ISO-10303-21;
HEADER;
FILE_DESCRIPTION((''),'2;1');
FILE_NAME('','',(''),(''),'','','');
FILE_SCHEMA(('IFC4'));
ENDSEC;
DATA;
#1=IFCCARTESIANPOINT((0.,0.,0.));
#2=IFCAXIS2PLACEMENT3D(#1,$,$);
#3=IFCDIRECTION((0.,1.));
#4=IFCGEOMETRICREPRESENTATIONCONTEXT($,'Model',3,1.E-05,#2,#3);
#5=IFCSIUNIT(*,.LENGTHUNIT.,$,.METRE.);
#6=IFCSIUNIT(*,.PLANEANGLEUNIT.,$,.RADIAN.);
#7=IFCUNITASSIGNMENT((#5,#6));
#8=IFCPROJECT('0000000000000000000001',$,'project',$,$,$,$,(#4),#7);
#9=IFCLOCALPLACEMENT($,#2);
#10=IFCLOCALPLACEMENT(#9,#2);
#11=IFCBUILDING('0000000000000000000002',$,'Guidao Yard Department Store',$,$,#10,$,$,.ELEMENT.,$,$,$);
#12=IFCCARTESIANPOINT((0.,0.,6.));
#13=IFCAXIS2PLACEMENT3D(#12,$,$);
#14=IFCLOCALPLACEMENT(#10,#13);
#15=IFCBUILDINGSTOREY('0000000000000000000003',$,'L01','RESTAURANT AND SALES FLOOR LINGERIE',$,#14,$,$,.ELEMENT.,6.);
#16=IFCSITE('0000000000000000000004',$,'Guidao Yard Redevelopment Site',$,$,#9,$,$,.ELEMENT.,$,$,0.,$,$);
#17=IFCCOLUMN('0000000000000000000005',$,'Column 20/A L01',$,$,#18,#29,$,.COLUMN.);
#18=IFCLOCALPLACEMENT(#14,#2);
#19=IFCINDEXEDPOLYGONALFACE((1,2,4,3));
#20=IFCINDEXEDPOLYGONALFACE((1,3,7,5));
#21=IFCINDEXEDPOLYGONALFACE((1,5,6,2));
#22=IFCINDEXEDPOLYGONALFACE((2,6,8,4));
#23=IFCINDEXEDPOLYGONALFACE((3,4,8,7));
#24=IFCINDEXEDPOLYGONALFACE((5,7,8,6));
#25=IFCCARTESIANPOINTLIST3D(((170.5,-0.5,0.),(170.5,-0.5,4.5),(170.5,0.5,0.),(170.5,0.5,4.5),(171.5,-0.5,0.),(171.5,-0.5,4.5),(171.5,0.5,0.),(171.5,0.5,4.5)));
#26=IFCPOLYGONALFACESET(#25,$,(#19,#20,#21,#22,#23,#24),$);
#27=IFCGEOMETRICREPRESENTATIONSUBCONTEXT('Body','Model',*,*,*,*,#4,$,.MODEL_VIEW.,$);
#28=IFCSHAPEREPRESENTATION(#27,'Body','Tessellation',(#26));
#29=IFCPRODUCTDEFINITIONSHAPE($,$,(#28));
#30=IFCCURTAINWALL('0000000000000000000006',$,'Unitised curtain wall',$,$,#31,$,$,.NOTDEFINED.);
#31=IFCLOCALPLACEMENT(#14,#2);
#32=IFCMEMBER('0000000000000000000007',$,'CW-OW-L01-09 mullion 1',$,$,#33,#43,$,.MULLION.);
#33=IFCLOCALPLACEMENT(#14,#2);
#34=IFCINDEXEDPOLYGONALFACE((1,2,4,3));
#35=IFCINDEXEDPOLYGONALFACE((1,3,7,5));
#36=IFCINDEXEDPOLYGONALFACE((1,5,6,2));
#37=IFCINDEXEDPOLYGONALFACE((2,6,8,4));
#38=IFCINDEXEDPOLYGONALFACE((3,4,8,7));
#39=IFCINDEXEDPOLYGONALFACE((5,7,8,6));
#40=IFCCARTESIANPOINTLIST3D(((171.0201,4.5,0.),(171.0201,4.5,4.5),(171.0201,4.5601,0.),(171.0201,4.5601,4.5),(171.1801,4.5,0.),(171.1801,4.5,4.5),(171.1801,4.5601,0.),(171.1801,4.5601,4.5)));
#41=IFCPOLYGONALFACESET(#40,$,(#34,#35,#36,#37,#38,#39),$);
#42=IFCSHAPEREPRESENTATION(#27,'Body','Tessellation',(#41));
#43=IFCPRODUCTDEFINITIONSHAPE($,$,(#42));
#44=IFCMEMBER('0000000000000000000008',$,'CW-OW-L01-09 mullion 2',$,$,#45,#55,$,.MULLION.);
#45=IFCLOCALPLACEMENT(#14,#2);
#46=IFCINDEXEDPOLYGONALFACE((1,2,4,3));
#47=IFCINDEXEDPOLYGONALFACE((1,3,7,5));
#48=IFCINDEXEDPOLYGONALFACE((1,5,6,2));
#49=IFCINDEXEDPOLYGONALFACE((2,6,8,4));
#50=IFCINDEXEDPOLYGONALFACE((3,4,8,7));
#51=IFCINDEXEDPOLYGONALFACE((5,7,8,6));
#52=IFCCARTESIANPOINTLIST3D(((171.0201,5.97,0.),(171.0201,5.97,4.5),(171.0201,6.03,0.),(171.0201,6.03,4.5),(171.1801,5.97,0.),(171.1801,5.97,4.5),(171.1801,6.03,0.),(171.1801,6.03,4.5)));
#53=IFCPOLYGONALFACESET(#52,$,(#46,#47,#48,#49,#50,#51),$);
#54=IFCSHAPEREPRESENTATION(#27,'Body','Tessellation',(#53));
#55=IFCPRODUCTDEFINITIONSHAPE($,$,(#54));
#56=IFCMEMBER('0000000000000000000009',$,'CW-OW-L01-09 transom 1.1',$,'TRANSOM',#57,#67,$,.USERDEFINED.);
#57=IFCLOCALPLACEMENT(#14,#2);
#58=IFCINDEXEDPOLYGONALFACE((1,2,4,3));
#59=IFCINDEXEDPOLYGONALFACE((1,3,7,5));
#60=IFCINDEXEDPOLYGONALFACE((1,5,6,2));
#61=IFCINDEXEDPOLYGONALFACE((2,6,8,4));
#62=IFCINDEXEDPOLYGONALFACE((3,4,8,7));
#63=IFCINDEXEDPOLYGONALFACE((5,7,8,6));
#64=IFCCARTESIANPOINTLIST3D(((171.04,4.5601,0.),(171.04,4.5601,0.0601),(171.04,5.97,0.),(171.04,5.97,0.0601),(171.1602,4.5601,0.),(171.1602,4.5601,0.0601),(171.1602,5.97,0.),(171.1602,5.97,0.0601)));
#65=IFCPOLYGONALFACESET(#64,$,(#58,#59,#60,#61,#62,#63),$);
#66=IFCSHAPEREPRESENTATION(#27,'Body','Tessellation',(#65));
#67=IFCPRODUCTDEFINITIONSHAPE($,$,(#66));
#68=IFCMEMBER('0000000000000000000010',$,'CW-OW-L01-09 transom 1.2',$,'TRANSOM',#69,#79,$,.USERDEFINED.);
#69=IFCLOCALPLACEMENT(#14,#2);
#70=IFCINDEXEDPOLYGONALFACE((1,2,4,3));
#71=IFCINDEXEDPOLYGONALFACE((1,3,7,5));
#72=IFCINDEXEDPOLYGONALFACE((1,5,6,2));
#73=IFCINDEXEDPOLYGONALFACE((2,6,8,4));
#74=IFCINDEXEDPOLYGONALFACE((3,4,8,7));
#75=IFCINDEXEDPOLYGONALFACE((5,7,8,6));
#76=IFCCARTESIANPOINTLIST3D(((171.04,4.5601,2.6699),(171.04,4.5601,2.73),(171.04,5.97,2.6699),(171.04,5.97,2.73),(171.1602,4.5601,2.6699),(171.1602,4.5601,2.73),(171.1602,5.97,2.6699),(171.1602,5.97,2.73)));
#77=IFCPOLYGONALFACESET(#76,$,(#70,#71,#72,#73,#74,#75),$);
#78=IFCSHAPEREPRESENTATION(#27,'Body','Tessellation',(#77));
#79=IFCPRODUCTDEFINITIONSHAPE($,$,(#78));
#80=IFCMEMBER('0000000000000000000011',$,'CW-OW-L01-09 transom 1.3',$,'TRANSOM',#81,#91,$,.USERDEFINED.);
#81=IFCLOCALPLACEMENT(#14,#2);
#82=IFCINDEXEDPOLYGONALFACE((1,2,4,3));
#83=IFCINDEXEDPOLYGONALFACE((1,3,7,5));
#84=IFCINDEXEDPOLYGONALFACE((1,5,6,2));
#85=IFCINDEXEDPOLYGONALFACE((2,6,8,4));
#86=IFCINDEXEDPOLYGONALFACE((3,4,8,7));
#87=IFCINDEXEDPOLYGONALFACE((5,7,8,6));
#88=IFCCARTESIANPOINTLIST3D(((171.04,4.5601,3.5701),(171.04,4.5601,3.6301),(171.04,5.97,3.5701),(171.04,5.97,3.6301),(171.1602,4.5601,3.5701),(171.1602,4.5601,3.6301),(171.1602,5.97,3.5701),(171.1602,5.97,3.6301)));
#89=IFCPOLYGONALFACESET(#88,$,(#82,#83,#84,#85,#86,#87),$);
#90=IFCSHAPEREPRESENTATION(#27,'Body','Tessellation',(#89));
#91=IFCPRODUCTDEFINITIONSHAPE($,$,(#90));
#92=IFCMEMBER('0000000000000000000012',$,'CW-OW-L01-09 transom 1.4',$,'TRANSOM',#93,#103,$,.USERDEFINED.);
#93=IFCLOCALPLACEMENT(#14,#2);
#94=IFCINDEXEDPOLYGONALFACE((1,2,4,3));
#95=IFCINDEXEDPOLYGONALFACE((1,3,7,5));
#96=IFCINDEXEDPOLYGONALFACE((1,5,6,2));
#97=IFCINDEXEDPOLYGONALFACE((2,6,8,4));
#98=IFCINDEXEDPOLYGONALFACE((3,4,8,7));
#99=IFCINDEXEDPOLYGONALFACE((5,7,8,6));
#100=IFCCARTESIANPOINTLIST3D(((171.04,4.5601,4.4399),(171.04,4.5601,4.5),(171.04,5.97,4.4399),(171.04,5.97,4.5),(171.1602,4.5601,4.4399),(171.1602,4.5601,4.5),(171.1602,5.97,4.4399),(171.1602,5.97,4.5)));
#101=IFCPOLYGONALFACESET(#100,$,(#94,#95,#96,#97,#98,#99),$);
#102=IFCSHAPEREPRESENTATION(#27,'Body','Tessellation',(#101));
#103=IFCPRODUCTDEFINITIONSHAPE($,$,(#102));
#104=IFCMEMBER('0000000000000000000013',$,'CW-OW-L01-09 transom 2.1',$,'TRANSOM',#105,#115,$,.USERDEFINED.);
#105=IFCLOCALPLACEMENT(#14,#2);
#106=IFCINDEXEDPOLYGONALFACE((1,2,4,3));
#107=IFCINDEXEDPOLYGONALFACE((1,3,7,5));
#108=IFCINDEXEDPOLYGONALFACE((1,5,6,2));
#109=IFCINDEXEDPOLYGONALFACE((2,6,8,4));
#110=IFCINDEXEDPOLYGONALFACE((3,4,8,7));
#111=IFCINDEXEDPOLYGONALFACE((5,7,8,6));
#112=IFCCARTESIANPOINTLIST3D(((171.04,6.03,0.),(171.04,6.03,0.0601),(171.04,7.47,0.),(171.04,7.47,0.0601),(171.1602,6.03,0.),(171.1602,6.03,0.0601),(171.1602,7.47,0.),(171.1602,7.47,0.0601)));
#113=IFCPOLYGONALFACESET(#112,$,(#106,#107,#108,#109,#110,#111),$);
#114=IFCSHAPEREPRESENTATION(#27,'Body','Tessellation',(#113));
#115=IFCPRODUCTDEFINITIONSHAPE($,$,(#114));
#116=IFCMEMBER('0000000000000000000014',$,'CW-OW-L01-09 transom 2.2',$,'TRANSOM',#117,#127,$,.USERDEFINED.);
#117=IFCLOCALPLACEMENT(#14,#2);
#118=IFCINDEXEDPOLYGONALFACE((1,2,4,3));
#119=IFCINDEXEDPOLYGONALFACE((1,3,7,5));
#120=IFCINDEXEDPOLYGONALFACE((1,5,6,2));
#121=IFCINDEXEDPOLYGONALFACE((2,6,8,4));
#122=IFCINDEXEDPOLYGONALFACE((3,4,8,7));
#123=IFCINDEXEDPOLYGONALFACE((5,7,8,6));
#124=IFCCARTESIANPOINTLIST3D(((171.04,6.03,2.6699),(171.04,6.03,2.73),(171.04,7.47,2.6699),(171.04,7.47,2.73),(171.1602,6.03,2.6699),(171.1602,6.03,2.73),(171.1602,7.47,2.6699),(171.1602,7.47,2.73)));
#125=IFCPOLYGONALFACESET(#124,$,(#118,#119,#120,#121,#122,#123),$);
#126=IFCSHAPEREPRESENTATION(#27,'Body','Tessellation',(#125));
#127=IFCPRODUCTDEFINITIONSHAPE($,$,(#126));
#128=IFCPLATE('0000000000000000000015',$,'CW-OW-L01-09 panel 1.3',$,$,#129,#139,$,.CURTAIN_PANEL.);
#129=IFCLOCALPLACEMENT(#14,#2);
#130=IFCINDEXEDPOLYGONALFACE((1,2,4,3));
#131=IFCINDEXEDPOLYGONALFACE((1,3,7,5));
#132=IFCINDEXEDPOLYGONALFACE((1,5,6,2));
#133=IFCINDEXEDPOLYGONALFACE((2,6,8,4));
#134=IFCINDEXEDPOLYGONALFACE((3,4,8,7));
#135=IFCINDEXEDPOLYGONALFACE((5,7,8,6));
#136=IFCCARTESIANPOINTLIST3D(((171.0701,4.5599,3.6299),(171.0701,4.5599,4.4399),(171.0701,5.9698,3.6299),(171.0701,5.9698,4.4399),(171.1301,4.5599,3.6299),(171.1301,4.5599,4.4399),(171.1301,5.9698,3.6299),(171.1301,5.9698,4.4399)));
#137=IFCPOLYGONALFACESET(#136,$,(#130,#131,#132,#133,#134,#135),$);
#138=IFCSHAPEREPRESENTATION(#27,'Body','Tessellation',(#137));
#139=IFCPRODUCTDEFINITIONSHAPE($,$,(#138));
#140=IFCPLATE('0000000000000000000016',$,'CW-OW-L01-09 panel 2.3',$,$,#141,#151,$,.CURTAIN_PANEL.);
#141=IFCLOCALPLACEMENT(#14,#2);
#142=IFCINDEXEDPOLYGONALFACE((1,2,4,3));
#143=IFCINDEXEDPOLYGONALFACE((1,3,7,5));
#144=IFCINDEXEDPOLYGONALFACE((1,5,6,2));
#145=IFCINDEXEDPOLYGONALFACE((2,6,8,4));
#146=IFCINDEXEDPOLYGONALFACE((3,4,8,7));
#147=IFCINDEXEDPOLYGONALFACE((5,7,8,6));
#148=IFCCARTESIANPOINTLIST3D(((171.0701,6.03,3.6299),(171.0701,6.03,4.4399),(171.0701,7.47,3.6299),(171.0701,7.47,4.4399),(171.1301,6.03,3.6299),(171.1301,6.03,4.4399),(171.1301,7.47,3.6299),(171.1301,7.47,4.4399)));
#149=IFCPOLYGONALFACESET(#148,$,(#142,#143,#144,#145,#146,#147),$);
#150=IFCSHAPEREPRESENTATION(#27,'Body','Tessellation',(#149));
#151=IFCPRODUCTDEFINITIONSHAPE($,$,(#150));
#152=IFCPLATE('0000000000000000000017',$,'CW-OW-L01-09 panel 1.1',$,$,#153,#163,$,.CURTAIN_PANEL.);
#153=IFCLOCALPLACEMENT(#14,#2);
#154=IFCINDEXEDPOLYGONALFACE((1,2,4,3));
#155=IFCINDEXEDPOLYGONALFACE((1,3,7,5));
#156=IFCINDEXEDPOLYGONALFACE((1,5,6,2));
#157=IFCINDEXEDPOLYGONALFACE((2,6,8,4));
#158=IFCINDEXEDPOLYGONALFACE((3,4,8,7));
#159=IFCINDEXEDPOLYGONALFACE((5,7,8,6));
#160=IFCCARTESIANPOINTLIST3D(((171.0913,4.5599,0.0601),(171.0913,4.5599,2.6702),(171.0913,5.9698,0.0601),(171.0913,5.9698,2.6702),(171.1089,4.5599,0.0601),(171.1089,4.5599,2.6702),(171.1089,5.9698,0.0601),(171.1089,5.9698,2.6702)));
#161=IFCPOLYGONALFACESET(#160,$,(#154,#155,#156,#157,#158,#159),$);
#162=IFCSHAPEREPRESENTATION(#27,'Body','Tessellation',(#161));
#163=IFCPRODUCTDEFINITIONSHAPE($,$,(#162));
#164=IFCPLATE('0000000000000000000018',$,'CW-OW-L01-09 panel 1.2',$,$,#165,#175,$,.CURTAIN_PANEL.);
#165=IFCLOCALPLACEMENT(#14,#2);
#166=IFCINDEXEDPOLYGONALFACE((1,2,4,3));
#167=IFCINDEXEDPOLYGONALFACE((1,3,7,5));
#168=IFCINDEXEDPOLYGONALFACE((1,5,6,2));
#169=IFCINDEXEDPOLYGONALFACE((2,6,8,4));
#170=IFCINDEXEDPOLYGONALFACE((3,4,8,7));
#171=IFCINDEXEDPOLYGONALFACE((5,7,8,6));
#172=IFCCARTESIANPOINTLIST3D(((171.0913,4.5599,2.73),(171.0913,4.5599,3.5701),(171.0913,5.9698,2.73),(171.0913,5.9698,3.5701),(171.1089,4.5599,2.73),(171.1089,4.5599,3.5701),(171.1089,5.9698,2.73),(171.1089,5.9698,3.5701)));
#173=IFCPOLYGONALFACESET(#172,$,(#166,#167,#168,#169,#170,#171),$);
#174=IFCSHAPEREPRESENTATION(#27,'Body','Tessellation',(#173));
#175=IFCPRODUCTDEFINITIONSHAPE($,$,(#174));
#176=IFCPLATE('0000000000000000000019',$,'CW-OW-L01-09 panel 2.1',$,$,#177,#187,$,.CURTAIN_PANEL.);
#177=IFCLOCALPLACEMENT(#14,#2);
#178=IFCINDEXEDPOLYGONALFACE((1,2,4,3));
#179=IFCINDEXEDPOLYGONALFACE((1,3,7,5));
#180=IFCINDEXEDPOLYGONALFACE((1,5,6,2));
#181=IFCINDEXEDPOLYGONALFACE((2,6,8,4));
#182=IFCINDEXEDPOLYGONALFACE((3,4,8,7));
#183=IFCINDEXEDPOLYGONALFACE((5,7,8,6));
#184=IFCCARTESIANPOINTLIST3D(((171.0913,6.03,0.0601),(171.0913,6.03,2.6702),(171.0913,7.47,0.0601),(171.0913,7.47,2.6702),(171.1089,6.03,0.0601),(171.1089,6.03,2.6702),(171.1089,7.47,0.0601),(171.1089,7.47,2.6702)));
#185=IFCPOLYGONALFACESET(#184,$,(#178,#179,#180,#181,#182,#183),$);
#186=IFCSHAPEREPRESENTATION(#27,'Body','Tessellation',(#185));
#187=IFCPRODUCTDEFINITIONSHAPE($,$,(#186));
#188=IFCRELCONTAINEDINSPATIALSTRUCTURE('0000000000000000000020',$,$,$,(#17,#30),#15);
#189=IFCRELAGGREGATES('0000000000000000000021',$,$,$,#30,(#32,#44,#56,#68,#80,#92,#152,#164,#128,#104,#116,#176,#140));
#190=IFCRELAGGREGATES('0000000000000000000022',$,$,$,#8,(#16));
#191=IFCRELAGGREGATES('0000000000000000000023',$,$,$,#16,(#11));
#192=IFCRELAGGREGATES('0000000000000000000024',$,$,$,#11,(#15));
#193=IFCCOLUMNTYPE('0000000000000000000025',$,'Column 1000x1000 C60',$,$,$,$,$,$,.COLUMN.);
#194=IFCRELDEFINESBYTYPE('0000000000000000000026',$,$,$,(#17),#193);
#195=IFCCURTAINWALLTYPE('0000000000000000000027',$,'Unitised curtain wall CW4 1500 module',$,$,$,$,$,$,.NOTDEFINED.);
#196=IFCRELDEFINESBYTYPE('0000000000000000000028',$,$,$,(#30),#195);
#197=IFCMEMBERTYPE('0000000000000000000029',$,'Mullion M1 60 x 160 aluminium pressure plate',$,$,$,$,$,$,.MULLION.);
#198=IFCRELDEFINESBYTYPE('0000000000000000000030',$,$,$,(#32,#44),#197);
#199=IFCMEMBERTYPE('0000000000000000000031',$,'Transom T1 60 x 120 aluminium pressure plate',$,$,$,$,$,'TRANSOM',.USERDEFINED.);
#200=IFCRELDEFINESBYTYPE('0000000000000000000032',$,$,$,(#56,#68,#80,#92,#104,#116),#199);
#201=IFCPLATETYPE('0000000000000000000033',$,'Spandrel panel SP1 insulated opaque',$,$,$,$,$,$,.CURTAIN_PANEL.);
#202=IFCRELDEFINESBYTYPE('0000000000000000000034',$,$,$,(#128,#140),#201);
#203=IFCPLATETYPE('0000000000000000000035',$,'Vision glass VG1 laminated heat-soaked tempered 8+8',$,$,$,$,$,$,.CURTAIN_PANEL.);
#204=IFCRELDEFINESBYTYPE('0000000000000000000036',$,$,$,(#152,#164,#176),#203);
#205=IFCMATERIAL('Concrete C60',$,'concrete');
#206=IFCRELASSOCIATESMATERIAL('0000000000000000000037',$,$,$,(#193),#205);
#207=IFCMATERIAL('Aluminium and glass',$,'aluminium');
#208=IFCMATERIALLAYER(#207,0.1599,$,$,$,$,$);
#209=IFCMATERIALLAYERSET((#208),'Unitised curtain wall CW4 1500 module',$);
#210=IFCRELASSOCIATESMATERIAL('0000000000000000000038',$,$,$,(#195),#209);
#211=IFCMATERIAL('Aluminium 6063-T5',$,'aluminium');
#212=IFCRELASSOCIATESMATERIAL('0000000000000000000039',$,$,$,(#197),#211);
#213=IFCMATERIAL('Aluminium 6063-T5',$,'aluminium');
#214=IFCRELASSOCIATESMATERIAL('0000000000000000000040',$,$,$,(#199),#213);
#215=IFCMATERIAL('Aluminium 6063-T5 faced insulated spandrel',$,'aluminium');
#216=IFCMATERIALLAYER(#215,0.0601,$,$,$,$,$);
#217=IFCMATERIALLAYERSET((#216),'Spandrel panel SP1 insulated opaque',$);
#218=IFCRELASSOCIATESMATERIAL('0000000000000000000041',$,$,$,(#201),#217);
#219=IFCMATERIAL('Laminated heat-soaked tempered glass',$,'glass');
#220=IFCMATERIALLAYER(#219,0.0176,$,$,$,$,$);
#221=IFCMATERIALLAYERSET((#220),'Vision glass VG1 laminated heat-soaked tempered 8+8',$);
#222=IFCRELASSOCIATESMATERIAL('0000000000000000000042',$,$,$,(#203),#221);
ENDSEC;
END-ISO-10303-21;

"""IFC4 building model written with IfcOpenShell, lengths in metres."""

from ifc_helpers import new_model, si_unit, direction, frame, origin, origin_2d, place, context, subcontext, project, spatial, rectangle, extrude, material, layer, layer_set, material_profile, profile_set, type_object, element, aggregate, save


model = new_model("IFC4")

# Units and contexts
model_context = context("Model", 3, precision=1e-05, world=origin(), true_north=direction((0.0, 1.0)))
body_context = subcontext(model_context, "Body", "Model", "MODEL_VIEW")
ifc_project = project(units=[si_unit("LENGTHUNIT", "METRE"), si_unit("PLANEANGLEUNIT", "RADIAN")], contexts=[model_context])

# Site, building, storey
site_placement = place(None, origin())
site = spatial("IfcSite", under=ifc_project, at=site_placement, Name="Guidao Yard Redevelopment Site", CompositionType="ELEMENT", RefElevation=0.0)
building_placement = place(site_placement, origin())
building = spatial("IfcBuilding", under=site, at=building_placement, Name="Guidao Yard Department Store", CompositionType="ELEMENT")
storey_placement = place(building_placement, frame((0.0, 0.0, 6.0)))
storey = spatial("IfcBuildingStorey", under=building, at=storey_placement, Name="L01", Description="RESTAURANT AND SALES FLOOR LINGERIE", CompositionType="ELEMENT", Elevation=6.0)

# Column
ifc_material_1 = material(Name="Concrete C60", Category="concrete")
ifc_material_profile_1 = material_profile(ifc_material_1, rectangle(XDim=1.0, YDim=1.0, at=origin_2d()), Name="COL 1000x1000")
ifc_profile_set_1 = profile_set([ifc_material_profile_1], Name="Concrete C60")
column_type = type_object("IfcColumnType", Name="Column 1000x1000 C60", PredefinedType="COLUMN", material=ifc_profile_set_1)
column_placement = place(storey_placement, frame((171.0, 0.0, 0.0), z_axis=(0.0, 0.0, 1.0), x_axis=(1.0, 0.0, 0.0)))
element("IfcColumn", 1, at=column_placement, inside=storey, type_object=column_type, Name="Column 20/A L01", PredefinedType="COLUMN", context=body_context, shape_type="SweptSolid", body=[
    extrude(rectangle(XDim=1.0, YDim=1.0, at=origin_2d()), origin(), (0.0, 0.0, 1.0), 4.5),
])

# Curtain wall, members, plates
ifc_material_2 = material(Name="Aluminium and glass", Category="aluminium")
ifc_layer_1 = layer(ifc_material_2, 0.1599)
ifc_layer_set_1 = layer_set([ifc_layer_1], Name="Unitised curtain wall CW4 1500 module")
curtain_wall_type = type_object("IfcCurtainWallType", Name="Unitised curtain wall CW4 1500 module", PredefinedType="NOTDEFINED", material=ifc_layer_set_1)
curtain_wall_placement = place(storey_placement, origin())
curtain_wall = element("IfcCurtainWall", 2, at=curtain_wall_placement, inside=storey, type_object=curtain_wall_type, Name="Unitised curtain wall", PredefinedType="NOTDEFINED")
ifc_material_3 = material(Name="Aluminium 6063-T5", Category="aluminium")
ifc_material_profile_2 = material_profile(ifc_material_3, rectangle(XDim=0.0601, YDim=0.1599, at=origin_2d()), Name="Mullion M1 60 x 160 aluminium pressure plate")
ifc_profile_set_2 = profile_set([ifc_material_profile_2], Name="Aluminium 6063-T5")
member_type_1 = type_object("IfcMemberType", Name="Mullion M1 60 x 160 aluminium pressure plate", PredefinedType="MULLION", material=ifc_profile_set_2)
member_1_placement = place(storey_placement, frame((171.1001, 4.53, 0.0), z_axis=(0.0, 0.0, 1.0), x_axis=(0.0, -1.0, 0.0)))
member_1 = element("IfcMember", 3, at=member_1_placement, type_object=member_type_1, Name="CW-OW-L01-09 mullion 1", PredefinedType="MULLION", context=body_context, shape_type="SweptSolid", body=[
    extrude(rectangle(XDim=0.0601, YDim=0.1599, at=origin_2d()), origin(), (0.0, 0.0, 1.0), 4.5),
])
member_2_placement = place(storey_placement, frame((171.1001, 6.0, 0.0), z_axis=(0.0, 0.0, 1.0), x_axis=(0.0, -1.0, 0.0)))
member_2 = element("IfcMember", 4, at=member_2_placement, type_object=member_type_1, Name="CW-OW-L01-09 mullion 2", PredefinedType="MULLION", context=body_context, shape_type="SweptSolid", body=[
    extrude(rectangle(XDim=0.0601, YDim=0.1599, at=origin_2d()), origin(), (0.0, 0.0, 1.0), 4.5),
])
ifc_material_4 = material(Name="Aluminium 6063-T5", Category="aluminium")
ifc_material_profile_3 = material_profile(ifc_material_4, rectangle(XDim=0.1201, YDim=0.0601, at=origin_2d()), Name="Transom T1 60 x 120 aluminium pressure plate")
ifc_profile_set_3 = profile_set([ifc_material_profile_3], Name="Aluminium 6063-T5")
member_type_2 = type_object("IfcMemberType", Name="Transom T1 60 x 120 aluminium pressure plate", ElementType="TRANSOM", PredefinedType="USERDEFINED", material=ifc_profile_set_3)
member_3_placement = place(storey_placement, frame((171.1001, 5.97, 0.03), z_axis=(0.0, -1.0, 0.0), x_axis=(1.0, 0.0, 0.0)))
member_3 = element("IfcMember", 5, at=member_3_placement, type_object=member_type_2, Name="CW-OW-L01-09 transom 1.1", ObjectType="TRANSOM", PredefinedType="USERDEFINED", context=body_context, shape_type="SweptSolid", body=[
    extrude(rectangle(XDim=0.1201, YDim=0.0601, at=origin_2d()), origin(), (0.0, 0.0, 1.0), 1.4099),
])
member_4_placement = place(storey_placement, frame((171.1001, 5.97, 2.7), z_axis=(0.0, -1.0, 0.0), x_axis=(1.0, 0.0, 0.0)))
member_4 = element("IfcMember", 6, at=member_4_placement, type_object=member_type_2, Name="CW-OW-L01-09 transom 1.2", ObjectType="TRANSOM", PredefinedType="USERDEFINED", context=body_context, shape_type="SweptSolid", body=[
    extrude(rectangle(XDim=0.1201, YDim=0.0601, at=origin_2d()), origin(), (0.0, 0.0, 1.0), 1.4099),
])
member_5_placement = place(storey_placement, frame((171.1001, 5.97, 3.6001), z_axis=(0.0, -1.0, 0.0), x_axis=(1.0, 0.0, 0.0)))
member_5 = element("IfcMember", 7, at=member_5_placement, type_object=member_type_2, Name="CW-OW-L01-09 transom 1.3", ObjectType="TRANSOM", PredefinedType="USERDEFINED", context=body_context, shape_type="SweptSolid", body=[
    extrude(rectangle(XDim=0.1201, YDim=0.0601, at=origin_2d()), origin(), (0.0, 0.0, 1.0), 1.4099),
])
member_6_placement = place(storey_placement, frame((171.1001, 5.97, 4.47), z_axis=(0.0, -1.0, 0.0), x_axis=(1.0, 0.0, 0.0)))
member_6 = element("IfcMember", 8, at=member_6_placement, type_object=member_type_2, Name="CW-OW-L01-09 transom 1.4", ObjectType="TRANSOM", PredefinedType="USERDEFINED", context=body_context, shape_type="SweptSolid", body=[
    extrude(rectangle(XDim=0.1201, YDim=0.0601, at=origin_2d()), origin(), (0.0, 0.0, 1.0), 1.4099),
])
member_7_placement = place(storey_placement, frame((171.1001, 7.47, 0.03), z_axis=(0.0, -1.0, 0.0), x_axis=(1.0, 0.0, 0.0)))
member_7 = element("IfcMember", 9, at=member_7_placement, type_object=member_type_2, Name="CW-OW-L01-09 transom 2.1", ObjectType="TRANSOM", PredefinedType="USERDEFINED", context=body_context, shape_type="SweptSolid", body=[
    extrude(rectangle(XDim=0.1201, YDim=0.0601, at=origin_2d()), origin(), (0.0, 0.0, 1.0), 1.4399),
])
member_8_placement = place(storey_placement, frame((171.1001, 7.47, 2.7), z_axis=(0.0, -1.0, 0.0), x_axis=(1.0, 0.0, 0.0)))
member_8 = element("IfcMember", 10, at=member_8_placement, type_object=member_type_2, Name="CW-OW-L01-09 transom 2.2", ObjectType="TRANSOM", PredefinedType="USERDEFINED", context=body_context, shape_type="SweptSolid", body=[
    extrude(rectangle(XDim=0.1201, YDim=0.0601, at=origin_2d()), origin(), (0.0, 0.0, 1.0), 1.4399),
])
ifc_material_5 = material(Name="Aluminium 6063-T5 faced insulated spandrel", Category="aluminium")
ifc_layer_2 = layer(ifc_material_5, 0.0601)
ifc_layer_set_2 = layer_set([ifc_layer_2], Name="Spandrel panel SP1 insulated opaque")
plate_type_1 = type_object("IfcPlateType", Name="Spandrel panel SP1 insulated opaque", PredefinedType="CURTAIN_PANEL", material=ifc_layer_set_2)
plate_1_placement = place(storey_placement, frame((171.1001, 5.2649, 3.6299), z_axis=(0.0, 0.0, 1.0), x_axis=(0.0, -1.0, 0.0)))
plate_1 = element("IfcPlate", 11, at=plate_1_placement, type_object=plate_type_1, Name="CW-OW-L01-09 panel 1.3", PredefinedType="CURTAIN_PANEL", context=body_context, shape_type="SweptSolid", body=[
    extrude(rectangle(XDim=1.4099, YDim=0.0601, at=origin_2d()), origin(), (0.0, 0.0, 1.0), 0.8101),
])
plate_2_placement = place(storey_placement, frame((171.1001, 6.75, 3.6299), z_axis=(0.0, 0.0, 1.0), x_axis=(0.0, -1.0, 0.0)))
plate_2 = element("IfcPlate", 12, at=plate_2_placement, type_object=plate_type_1, Name="CW-OW-L01-09 panel 2.3", PredefinedType="CURTAIN_PANEL", context=body_context, shape_type="SweptSolid", body=[
    extrude(rectangle(XDim=1.4399, YDim=0.0601, at=origin_2d()), origin(), (0.0, 0.0, 1.0), 0.8101),
])
ifc_material_6 = material(Name="Laminated heat-soaked tempered glass", Category="glass")
ifc_layer_3 = layer(ifc_material_6, 0.0176)
ifc_layer_set_3 = layer_set([ifc_layer_3], Name="Vision glass VG1 laminated heat-soaked tempered 8+8")
plate_type_2 = type_object("IfcPlateType", Name="Vision glass VG1 laminated heat-soaked tempered 8+8", PredefinedType="CURTAIN_PANEL", material=ifc_layer_set_3)
plate_3_placement = place(storey_placement, frame((171.1001, 5.2649, 0.0601), z_axis=(0.0, 0.0, 1.0), x_axis=(0.0, -1.0, 0.0)))
plate_3 = element("IfcPlate", 13, at=plate_3_placement, type_object=plate_type_2, Name="CW-OW-L01-09 panel 1.1", PredefinedType="CURTAIN_PANEL", context=body_context, shape_type="SweptSolid", body=[
    extrude(rectangle(XDim=1.4099, YDim=0.0176, at=origin_2d()), origin(), (0.0, 0.0, 1.0), 2.6101),
])
plate_4_placement = place(storey_placement, frame((171.1001, 5.2649, 2.73), z_axis=(0.0, 0.0, 1.0), x_axis=(0.0, -1.0, 0.0)))
plate_4 = element("IfcPlate", 14, at=plate_4_placement, type_object=plate_type_2, Name="CW-OW-L01-09 panel 1.2", PredefinedType="CURTAIN_PANEL", context=body_context, shape_type="SweptSolid", body=[
    extrude(rectangle(XDim=1.4099, YDim=0.0176, at=origin_2d()), origin(), (0.0, 0.0, 1.0), 0.8401),
])
plate_5_placement = place(storey_placement, frame((171.1001, 6.75, 0.0601), z_axis=(0.0, 0.0, 1.0), x_axis=(0.0, -1.0, 0.0)))
plate_5 = element("IfcPlate", 15, at=plate_5_placement, type_object=plate_type_2, Name="CW-OW-L01-09 panel 2.1", PredefinedType="CURTAIN_PANEL", context=body_context, shape_type="SweptSolid", body=[
    extrude(rectangle(XDim=1.4399, YDim=0.0176, at=origin_2d()), origin(), (0.0, 0.0, 1.0), 2.6101),
])
aggregate(curtain_wall, [member_1, member_2, member_3, member_4, member_5, member_6, plate_3, plate_4, plate_1, member_7, member_8, plate_5, plate_2])

save(model, "model.ifc")
